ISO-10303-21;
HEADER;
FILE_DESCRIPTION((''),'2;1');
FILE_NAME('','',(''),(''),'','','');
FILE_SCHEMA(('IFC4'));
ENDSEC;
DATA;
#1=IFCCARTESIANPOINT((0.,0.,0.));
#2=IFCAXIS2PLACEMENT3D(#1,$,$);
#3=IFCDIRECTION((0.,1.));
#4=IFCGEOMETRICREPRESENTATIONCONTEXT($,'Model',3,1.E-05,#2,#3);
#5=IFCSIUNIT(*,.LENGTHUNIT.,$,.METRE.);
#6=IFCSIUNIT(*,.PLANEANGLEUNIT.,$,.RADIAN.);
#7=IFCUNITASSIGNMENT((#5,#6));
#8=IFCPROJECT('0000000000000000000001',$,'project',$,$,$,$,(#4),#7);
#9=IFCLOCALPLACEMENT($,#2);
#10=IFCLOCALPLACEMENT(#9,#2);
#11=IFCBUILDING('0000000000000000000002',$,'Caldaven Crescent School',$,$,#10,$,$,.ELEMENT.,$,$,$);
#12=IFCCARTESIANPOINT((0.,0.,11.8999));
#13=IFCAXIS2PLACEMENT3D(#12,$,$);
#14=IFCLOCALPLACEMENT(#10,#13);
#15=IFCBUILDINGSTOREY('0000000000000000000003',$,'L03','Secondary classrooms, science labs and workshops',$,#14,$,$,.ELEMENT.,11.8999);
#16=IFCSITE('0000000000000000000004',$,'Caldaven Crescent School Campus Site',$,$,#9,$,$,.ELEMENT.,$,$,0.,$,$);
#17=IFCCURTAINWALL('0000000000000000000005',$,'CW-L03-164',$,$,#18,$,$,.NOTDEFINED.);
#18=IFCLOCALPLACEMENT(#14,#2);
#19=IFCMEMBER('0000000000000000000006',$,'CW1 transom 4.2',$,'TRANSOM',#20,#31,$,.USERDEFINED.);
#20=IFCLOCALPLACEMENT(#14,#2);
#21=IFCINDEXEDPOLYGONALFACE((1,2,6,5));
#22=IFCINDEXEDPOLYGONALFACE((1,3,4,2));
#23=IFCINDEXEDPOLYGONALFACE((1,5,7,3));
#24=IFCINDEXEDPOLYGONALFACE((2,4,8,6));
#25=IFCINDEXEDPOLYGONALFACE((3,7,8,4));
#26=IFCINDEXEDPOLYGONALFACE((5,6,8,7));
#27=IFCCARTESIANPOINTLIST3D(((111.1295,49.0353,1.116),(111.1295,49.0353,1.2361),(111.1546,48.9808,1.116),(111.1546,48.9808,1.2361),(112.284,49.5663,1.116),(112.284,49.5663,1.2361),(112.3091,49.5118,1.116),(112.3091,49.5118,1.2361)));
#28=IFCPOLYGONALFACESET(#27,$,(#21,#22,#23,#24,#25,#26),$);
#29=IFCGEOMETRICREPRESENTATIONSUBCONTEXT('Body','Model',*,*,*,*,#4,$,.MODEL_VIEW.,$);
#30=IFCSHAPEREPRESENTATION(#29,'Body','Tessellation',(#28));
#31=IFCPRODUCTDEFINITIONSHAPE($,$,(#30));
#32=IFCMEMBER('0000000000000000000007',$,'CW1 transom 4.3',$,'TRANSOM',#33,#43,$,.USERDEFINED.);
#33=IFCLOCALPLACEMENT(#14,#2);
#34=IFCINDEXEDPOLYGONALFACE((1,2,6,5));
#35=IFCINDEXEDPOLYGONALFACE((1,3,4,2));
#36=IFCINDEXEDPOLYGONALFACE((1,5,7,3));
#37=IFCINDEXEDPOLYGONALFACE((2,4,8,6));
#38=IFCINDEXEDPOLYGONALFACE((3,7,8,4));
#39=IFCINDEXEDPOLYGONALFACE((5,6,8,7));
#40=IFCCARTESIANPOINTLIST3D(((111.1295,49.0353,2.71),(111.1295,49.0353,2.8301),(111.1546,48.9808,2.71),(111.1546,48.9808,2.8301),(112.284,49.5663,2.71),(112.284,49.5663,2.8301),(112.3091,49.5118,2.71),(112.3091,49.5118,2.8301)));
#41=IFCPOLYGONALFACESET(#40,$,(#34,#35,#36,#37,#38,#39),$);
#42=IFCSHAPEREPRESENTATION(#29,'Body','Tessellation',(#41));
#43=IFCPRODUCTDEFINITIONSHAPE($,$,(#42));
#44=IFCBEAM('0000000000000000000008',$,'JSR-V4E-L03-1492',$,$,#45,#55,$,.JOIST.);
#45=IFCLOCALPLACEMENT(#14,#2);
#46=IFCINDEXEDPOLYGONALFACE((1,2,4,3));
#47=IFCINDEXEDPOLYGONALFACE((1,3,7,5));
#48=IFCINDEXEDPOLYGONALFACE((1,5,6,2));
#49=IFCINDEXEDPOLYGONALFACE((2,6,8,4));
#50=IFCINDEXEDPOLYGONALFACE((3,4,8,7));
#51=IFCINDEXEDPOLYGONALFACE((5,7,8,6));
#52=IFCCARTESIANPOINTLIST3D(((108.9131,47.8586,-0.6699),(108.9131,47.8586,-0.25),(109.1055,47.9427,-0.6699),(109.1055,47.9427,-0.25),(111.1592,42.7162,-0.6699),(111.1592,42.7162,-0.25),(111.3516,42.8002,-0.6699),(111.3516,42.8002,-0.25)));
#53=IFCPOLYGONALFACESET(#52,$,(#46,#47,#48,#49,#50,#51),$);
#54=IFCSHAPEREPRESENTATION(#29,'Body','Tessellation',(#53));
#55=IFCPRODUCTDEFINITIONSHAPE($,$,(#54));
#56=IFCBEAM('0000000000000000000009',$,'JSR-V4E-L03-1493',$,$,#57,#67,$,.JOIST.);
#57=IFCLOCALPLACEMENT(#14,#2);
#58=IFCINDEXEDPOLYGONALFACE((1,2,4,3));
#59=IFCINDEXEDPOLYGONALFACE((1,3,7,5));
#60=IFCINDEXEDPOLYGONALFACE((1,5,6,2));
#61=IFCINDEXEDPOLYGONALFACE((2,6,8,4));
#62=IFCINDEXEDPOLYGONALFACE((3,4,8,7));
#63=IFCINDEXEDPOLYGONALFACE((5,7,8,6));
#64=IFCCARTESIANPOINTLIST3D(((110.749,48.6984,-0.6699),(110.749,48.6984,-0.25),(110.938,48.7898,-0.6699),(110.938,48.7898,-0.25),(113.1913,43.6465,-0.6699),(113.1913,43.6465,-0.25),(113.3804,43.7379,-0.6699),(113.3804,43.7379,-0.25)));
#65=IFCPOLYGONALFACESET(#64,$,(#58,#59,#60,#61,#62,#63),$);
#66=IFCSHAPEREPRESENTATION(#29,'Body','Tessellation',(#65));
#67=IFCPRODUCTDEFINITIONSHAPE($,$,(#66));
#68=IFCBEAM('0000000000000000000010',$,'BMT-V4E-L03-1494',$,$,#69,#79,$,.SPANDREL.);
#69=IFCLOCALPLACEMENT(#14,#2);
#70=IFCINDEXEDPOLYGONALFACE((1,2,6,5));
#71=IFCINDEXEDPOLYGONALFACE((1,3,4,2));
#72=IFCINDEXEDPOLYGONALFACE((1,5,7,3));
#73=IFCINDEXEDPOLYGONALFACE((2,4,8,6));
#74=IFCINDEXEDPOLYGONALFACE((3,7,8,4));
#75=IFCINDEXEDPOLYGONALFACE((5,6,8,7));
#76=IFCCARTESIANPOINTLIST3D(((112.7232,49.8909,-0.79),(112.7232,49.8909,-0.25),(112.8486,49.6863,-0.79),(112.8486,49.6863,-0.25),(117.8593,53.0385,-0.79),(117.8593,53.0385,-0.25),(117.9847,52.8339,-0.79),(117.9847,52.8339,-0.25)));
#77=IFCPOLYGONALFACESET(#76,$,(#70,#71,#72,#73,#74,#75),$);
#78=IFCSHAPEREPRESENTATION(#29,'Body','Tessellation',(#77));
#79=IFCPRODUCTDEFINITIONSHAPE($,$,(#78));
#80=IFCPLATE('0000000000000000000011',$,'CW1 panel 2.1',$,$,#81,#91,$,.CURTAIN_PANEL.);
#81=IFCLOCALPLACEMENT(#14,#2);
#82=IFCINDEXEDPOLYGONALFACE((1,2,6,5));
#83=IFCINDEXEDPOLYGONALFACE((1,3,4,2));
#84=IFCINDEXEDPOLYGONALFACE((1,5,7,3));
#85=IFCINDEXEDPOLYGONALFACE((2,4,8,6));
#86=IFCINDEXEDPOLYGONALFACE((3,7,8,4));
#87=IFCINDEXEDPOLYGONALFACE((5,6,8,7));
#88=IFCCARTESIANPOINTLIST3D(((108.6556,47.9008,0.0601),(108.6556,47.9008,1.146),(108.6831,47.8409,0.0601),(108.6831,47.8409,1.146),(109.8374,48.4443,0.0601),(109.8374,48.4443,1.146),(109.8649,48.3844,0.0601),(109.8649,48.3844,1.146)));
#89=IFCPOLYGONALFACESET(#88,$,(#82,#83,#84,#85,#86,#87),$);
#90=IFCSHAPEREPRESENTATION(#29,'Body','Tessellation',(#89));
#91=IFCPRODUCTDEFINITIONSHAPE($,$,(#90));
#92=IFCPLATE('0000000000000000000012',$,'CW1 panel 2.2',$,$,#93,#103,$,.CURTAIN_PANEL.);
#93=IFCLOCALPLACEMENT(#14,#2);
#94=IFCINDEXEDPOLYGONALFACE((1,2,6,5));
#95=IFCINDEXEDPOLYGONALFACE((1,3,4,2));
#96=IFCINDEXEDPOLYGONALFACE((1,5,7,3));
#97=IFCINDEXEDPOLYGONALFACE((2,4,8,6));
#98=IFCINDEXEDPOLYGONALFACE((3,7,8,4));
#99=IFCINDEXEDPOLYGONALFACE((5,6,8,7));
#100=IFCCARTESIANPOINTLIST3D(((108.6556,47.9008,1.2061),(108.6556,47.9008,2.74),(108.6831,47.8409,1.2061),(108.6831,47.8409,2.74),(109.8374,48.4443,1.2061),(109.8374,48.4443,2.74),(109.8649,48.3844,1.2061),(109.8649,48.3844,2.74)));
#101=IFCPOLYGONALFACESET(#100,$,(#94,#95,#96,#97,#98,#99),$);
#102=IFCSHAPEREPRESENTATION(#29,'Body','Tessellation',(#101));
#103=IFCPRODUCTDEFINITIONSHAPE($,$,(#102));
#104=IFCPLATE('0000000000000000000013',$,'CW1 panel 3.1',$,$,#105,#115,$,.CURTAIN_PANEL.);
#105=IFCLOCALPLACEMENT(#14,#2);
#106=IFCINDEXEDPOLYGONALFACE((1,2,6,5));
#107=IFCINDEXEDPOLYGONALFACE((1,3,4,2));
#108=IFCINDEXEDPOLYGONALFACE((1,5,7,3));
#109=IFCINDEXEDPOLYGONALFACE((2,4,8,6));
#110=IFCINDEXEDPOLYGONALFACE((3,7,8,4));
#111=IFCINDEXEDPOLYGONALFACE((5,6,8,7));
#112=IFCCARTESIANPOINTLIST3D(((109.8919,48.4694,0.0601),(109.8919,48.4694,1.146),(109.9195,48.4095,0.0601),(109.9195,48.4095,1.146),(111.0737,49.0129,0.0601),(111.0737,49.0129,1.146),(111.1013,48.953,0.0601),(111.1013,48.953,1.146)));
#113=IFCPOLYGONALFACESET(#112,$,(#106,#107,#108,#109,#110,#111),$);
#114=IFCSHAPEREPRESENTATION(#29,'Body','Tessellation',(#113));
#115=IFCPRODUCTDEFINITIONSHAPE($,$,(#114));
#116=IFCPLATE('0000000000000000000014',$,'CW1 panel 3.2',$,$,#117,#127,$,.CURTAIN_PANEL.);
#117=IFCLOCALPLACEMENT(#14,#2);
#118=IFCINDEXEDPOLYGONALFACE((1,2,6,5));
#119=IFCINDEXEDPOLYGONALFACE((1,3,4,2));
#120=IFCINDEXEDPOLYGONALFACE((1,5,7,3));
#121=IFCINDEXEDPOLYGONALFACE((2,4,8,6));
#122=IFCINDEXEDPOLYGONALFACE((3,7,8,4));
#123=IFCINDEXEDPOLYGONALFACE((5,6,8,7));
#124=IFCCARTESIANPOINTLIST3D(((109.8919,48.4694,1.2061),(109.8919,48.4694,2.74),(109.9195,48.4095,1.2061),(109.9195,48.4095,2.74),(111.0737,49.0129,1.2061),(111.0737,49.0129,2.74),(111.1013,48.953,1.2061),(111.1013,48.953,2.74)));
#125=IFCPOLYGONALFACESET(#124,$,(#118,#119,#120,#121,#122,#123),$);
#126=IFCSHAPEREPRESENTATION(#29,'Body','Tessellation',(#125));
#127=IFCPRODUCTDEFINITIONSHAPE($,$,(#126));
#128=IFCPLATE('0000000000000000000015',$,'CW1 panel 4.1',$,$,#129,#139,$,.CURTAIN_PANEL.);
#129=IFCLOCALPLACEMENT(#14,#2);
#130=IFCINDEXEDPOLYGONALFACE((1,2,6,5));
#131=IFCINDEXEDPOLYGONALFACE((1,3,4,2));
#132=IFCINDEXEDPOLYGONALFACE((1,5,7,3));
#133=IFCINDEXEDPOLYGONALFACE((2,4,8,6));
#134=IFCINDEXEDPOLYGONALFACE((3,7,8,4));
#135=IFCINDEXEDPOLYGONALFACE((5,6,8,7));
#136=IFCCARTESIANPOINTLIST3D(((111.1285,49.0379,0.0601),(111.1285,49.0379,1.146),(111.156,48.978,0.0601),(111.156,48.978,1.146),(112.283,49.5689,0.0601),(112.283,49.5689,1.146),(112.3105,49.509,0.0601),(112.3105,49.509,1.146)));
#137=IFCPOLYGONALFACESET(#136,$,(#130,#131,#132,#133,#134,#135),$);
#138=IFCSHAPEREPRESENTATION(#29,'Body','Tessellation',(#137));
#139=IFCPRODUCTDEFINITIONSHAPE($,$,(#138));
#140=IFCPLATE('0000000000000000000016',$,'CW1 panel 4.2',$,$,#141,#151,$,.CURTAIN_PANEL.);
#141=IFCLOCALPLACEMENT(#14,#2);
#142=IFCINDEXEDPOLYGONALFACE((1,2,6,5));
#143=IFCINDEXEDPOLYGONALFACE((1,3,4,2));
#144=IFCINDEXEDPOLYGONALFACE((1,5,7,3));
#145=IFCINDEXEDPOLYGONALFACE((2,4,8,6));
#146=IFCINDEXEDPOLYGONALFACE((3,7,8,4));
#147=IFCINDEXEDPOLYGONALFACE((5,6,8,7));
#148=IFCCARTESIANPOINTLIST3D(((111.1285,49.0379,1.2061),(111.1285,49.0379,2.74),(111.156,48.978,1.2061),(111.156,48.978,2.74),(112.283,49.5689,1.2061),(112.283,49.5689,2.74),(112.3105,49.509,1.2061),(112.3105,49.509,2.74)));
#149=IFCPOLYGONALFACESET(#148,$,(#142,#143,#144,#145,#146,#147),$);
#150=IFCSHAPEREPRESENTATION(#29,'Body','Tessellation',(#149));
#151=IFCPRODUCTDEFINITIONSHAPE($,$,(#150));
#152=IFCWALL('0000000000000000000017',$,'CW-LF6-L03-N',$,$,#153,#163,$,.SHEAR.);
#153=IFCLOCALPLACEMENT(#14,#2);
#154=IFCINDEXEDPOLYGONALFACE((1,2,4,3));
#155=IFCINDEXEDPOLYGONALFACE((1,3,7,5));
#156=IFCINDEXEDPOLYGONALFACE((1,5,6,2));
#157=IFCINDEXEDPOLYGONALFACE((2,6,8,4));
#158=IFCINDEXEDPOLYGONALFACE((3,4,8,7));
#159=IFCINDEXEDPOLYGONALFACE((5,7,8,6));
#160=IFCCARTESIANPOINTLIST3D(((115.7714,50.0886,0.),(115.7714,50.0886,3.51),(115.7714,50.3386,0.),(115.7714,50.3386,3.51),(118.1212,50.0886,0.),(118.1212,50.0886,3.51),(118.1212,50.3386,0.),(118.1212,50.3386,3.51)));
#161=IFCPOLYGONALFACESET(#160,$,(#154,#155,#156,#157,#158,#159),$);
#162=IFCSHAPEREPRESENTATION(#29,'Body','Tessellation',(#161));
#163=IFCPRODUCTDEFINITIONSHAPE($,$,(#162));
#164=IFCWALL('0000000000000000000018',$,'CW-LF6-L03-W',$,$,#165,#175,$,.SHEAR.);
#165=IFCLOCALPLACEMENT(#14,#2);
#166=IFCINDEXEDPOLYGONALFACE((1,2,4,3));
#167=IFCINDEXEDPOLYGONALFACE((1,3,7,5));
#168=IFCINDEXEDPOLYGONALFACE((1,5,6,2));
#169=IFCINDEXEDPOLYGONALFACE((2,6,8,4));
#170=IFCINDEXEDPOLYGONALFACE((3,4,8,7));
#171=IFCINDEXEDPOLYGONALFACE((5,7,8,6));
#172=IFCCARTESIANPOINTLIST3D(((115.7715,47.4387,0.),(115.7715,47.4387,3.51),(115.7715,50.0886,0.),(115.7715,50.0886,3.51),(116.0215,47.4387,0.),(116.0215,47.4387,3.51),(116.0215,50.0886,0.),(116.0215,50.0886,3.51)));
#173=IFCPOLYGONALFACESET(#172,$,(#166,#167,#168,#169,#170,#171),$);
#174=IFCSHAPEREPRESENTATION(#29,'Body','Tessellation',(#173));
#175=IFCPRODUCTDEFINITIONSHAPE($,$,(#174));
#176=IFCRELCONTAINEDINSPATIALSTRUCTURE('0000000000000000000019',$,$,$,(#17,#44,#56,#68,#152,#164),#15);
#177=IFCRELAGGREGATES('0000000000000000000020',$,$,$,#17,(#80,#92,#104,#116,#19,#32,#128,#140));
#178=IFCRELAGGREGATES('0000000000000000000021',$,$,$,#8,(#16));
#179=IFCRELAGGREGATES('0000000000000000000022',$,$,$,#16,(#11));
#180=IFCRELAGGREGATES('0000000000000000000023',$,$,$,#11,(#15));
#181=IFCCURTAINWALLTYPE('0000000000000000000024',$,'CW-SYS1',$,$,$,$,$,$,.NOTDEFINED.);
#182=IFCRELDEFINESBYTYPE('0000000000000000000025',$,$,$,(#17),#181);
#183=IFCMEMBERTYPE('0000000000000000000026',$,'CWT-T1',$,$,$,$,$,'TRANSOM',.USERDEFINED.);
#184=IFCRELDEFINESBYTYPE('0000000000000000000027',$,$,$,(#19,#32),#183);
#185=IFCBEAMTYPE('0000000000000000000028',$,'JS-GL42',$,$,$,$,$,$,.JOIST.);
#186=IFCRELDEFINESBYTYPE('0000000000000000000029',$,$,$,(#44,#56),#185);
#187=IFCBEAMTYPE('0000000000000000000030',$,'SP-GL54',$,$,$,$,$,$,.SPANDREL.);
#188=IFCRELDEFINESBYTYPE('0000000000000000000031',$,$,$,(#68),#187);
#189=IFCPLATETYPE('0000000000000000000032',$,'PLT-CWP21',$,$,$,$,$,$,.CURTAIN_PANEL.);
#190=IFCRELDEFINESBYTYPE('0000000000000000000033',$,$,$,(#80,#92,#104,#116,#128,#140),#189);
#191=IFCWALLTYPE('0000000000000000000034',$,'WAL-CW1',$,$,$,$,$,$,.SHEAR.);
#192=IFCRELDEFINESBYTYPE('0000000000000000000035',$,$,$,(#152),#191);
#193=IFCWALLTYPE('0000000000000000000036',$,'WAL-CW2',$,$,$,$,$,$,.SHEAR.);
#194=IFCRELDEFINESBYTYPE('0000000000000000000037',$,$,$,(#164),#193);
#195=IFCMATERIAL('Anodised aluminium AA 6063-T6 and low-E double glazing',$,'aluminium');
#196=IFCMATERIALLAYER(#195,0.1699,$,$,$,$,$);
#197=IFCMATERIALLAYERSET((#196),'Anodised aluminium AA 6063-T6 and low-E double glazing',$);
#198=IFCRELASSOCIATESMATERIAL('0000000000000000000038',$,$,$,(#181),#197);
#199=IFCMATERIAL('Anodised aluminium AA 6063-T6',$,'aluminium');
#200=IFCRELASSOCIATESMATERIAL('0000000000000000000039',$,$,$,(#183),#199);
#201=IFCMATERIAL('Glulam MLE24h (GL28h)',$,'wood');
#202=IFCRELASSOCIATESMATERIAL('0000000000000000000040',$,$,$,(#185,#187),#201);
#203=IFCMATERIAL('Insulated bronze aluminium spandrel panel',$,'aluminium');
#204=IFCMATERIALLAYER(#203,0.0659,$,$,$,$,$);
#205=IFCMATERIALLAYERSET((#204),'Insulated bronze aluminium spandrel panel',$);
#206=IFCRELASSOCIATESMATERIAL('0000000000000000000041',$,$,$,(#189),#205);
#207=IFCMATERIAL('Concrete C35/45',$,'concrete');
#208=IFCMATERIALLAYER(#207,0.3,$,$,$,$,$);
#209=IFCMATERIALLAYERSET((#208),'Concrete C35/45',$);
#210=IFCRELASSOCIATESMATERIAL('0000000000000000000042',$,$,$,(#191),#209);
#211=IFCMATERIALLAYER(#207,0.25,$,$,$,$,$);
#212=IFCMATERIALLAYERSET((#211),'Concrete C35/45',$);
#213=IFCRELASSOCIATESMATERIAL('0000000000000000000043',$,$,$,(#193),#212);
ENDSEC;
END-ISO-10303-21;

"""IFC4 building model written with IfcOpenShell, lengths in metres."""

from ifc_helpers import new_model, si_unit, direction, frame, frame_2d, origin, origin_2d, place, context, subcontext, project, spatial, rectangle, extrude, material, layer, layer_set, material_profile, profile_set, type_object, element, aggregate, save


model = new_model("IFC4")

# Units and contexts
model_context = context("Model", 3, precision=1e-05, world=origin(), true_north=direction((0.0, 1.0)))
body_context = subcontext(model_context, "Body", "Model", "MODEL_VIEW")
ifc_project = project(units=[si_unit("LENGTHUNIT", "METRE"), si_unit("PLANEANGLEUNIT", "RADIAN")], contexts=[model_context])

# Site, building, storey
site_placement = place(None, origin())
site = spatial("IfcSite", under=ifc_project, at=site_placement, Name="Caldaven Crescent School Campus Site", CompositionType="ELEMENT", RefElevation=0.0)
building_placement = place(site_placement, origin())
building = spatial("IfcBuilding", under=site, at=building_placement, Name="Caldaven Crescent School", CompositionType="ELEMENT")
storey_placement = place(building_placement, frame((0.0, 0.0, 11.8999)))
storey = spatial("IfcBuildingStorey", under=building, at=storey_placement, Name="L03", Description="Secondary classrooms, science labs and workshops", CompositionType="ELEMENT", Elevation=11.8999)

# Shared definitions
ifc_material_1 = material(Name="Glulam MLE24h (GL28h)", Category="wood")

# Curtain wall, members
ifc_material_2 = material(Name="Anodised aluminium AA 6063-T6 and low-E double glazing", Category="aluminium")
ifc_layer_1 = layer(ifc_material_2, 0.1699)
ifc_layer_set_1 = layer_set([ifc_layer_1], Name="Anodised aluminium AA 6063-T6 and low-E double glazing")
curtain_wall_type = type_object("IfcCurtainWallType", Name="CW-SYS1", PredefinedType="NOTDEFINED", material=ifc_layer_set_1)
curtain_wall_placement = place(storey_placement, origin())
curtain_wall = element("IfcCurtainWall", 1, at=curtain_wall_placement, inside=storey, type_object=curtain_wall_type, Name="CW-L03-164", PredefinedType="NOTDEFINED")
ifc_material_3 = material(Name="Anodised aluminium AA 6063-T6", Category="aluminium")
ifc_material_profile_1 = material_profile(ifc_material_3, rectangle(XDim=0.0601, YDim=0.1201, at=origin_2d()), Name="CWT 60x120")
ifc_profile_set_1 = profile_set([ifc_material_profile_1], Name="Anodised aluminium AA 6063-T6")
member_type_1 = type_object("IfcMemberType", Name="CWT-T1", ElementType="TRANSOM", PredefinedType="USERDEFINED", material=ifc_profile_set_1)
member_1_placement = place(storey_placement, frame((111.1421, 49.0081, 1.176), z_axis=(0.908515, 0.417852, 0.0), x_axis=(-0.417852, 0.908515, 0.0)))
member_1 = element("IfcMember", 2, at=member_1_placement, type_object=member_type_1, Name="CW1 transom 4.2", ObjectType="TRANSOM", PredefinedType="USERDEFINED", context=body_context, shape_type="SweptSolid", body=[
    extrude(rectangle(XDim=0.0601, YDim=0.1201, at=origin_2d()), origin(), (0.0, 0.0, 1.0), 1.2708),
])
member_2_placement = place(storey_placement, frame((111.1421, 49.0081, 2.77), z_axis=(0.908515, 0.417852, 0.0), x_axis=(-0.417852, 0.908515, 0.0)))
member_2 = element("IfcMember", 3, at=member_2_placement, type_object=member_type_1, Name="CW1 transom 4.3", ObjectType="TRANSOM", PredefinedType="USERDEFINED", context=body_context, shape_type="SweptSolid", body=[
    extrude(rectangle(XDim=0.0601, YDim=0.1201, at=origin_2d()), origin(), (0.0, 0.0, 1.0), 1.2708),
])

# Beams
ifc_material_profile_2 = material_profile(ifc_material_1, rectangle(XDim=0.21, YDim=0.4199, at=origin_2d()), Name="MLE 210x420")
ifc_profile_set_2 = profile_set([ifc_material_profile_2], Name="Glulam MLE24h (GL28h)")
beam_type_1 = type_object("IfcBeamType", Name="JS-GL42", PredefinedType="JOIST", material=ifc_profile_set_2)
beam_1_placement = place(storey_placement, frame((109.0093, 47.9006, -0.46), z_axis=(0.400269, -0.916398, 0.0), x_axis=(0.916398, 0.400269, 0.0)))
element("IfcBeam", 4, at=beam_1_placement, inside=storey, type_object=beam_type_1, Name="JSR-V4E-L03-1492", PredefinedType="JOIST", context=body_context, shape_type="SweptSolid", body=[
    extrude(rectangle(XDim=0.21, YDim=0.4199, at=origin_2d()), origin(), (0.0, 0.0, 1.0), 5.6116),
])
beam_2_placement = place(storey_placement, frame((110.8435, 48.7441, -0.46), z_axis=(0.435253, -0.900308, 0.0), x_axis=(0.900308, 0.435253, 0.0)))
element("IfcBeam", 5, at=beam_2_placement, inside=storey, type_object=beam_type_1, Name="JSR-V4E-L03-1493", PredefinedType="JOIST", context=body_context, shape_type="SweptSolid", body=[
    extrude(rectangle(XDim=0.21, YDim=0.4199, at=origin_2d()), origin(), (0.0, 0.0, 1.0), 5.6113),
])
ifc_material_profile_3 = material_profile(ifc_material_1, rectangle(XDim=0.24, YDim=0.54, at=origin_2d()), Name="MLE 240x540")
ifc_profile_set_3 = profile_set([ifc_material_profile_3], Name="Glulam MLE24h (GL28h)")
beam_type_2 = type_object("IfcBeamType", Name="SP-GL54", PredefinedType="SPANDREL", material=ifc_profile_set_3)
beam_3_placement = place(storey_placement, frame((112.7859, 49.7886, -0.52), z_axis=(0.852624, 0.522525, 0.0), x_axis=(-0.522525, 0.852624, 0.0)))
element("IfcBeam", 6, at=beam_3_placement, inside=storey, type_object=beam_type_2, Name="BMT-V4E-L03-1494", PredefinedType="SPANDREL", context=body_context, shape_type="SweptSolid", body=[
    extrude(rectangle(XDim=0.24, YDim=0.54, at=origin_2d()), origin(), (0.0, 0.0, 1.0), 6.0239),
])

# Plates
ifc_material_4 = material(Name="Insulated bronze aluminium spandrel panel", Category="aluminium")
ifc_layer_2 = layer(ifc_material_4, 0.0659)
ifc_layer_set_2 = layer_set([ifc_layer_2], Name="Insulated bronze aluminium spandrel panel")
plate_type = type_object("IfcPlateType", Name="PLT-CWP21", PredefinedType="CURTAIN_PANEL", material=ifc_layer_set_2)
plate_1_placement = place(storey_placement, frame((109.2603, 48.1426, 0.0601), z_axis=(0.0, 0.0, 1.0), x_axis=(0.908528, 0.417824, 0.0)))
plate_1 = element("IfcPlate", 7, at=plate_1_placement, type_object=plate_type, Name="CW1 panel 2.1", PredefinedType="CURTAIN_PANEL", context=body_context, shape_type="SweptSolid", body=[
    extrude(rectangle(XDim=1.3008, YDim=0.0659, at=origin_2d()), origin(), (0.0, 0.0, 1.0), 1.0859),
])
plate_2_placement = place(storey_placement, frame((109.2603, 48.1426, 1.2061), z_axis=(0.0, 0.0, 1.0), x_axis=(0.908528, 0.417824, 0.0)))
plate_2 = element("IfcPlate", 8, at=plate_2_placement, type_object=plate_type, Name="CW1 panel 2.2", PredefinedType="CURTAIN_PANEL", context=body_context, shape_type="SweptSolid", body=[
    extrude(rectangle(XDim=1.3008, YDim=0.0659, at=origin_2d()), origin(), (0.0, 0.0, 1.0), 1.5339),
])
plate_3_placement = place(storey_placement, frame((110.4966, 48.7112, 0.0601), z_axis=(0.0, 0.0, 1.0), x_axis=(0.908528, 0.417824, 0.0)))
plate_3 = element("IfcPlate", 9, at=plate_3_placement, type_object=plate_type, Name="CW1 panel 3.1", PredefinedType="CURTAIN_PANEL", context=body_context, shape_type="SweptSolid", body=[
    extrude(rectangle(XDim=1.3008, YDim=0.0659, at=origin_2d()), origin(), (0.0, 0.0, 1.0), 1.0859),
])
plate_4_placement = place(storey_placement, frame((110.4966, 48.7112, 1.2061), z_axis=(0.0, 0.0, 1.0), x_axis=(0.908528, 0.417824, 0.0)))
plate_4 = element("IfcPlate", 10, at=plate_4_placement, type_object=plate_type, Name="CW1 panel 3.2", PredefinedType="CURTAIN_PANEL", context=body_context, shape_type="SweptSolid", body=[
    extrude(rectangle(XDim=1.3008, YDim=0.0659, at=origin_2d()), origin(), (0.0, 0.0, 1.0), 1.5339),
])
plate_5_placement = place(storey_placement, frame((111.7195, 49.2734, 0.0601), z_axis=(0.0, 0.0, 1.0), x_axis=(0.908528, 0.417824, 0.0)))
plate_5 = element("IfcPlate", 11, at=plate_5_placement, type_object=plate_type, Name="CW1 panel 4.1", PredefinedType="CURTAIN_PANEL", context=body_context, shape_type="SweptSolid", body=[
    extrude(rectangle(XDim=1.2708, YDim=0.0659, at=origin_2d()), origin(), (0.0, 0.0, 1.0), 1.0859),
])
plate_6_placement = place(storey_placement, frame((111.7195, 49.2734, 1.2061), z_axis=(0.0, 0.0, 1.0), x_axis=(0.908528, 0.417824, 0.0)))
plate_6 = element("IfcPlate", 12, at=plate_6_placement, type_object=plate_type, Name="CW1 panel 4.2", PredefinedType="CURTAIN_PANEL", context=body_context, shape_type="SweptSolid", body=[
    extrude(rectangle(XDim=1.2708, YDim=0.0659, at=origin_2d()), origin(), (0.0, 0.0, 1.0), 1.5339),
])
aggregate(curtain_wall, [plate_1, plate_2, plate_3, plate_4, member_1, member_2, plate_5, plate_6])

# Wall
ifc_material_5 = material(Name="Concrete C35/45", Category="concrete")
ifc_layer_3 = layer(ifc_material_5, 0.3)
ifc_layer_set_3 = layer_set([ifc_layer_3], Name="Concrete C35/45")
wall_type_1 = type_object("IfcWallType", Name="WAL-CW1", PredefinedType="SHEAR", material=ifc_layer_set_3)
wall_1_placement = place(storey_placement, frame((115.7715, 50.2136, 0.0), z_axis=(0.0, 0.0, 1.0), x_axis=(1.0, 0.0, 0.0)))
element("IfcWall", 13, at=wall_1_placement, inside=storey, type_object=wall_type_1, Name="CW-LF6-L03-N", PredefinedType="SHEAR", context=body_context, shape_type="SweptSolid", body=[
    extrude(rectangle(XDim=2.3499, YDim=0.25, at=frame_2d((1.1748, 0.0))), origin(), (0.0, 0.0, 1.0), 3.51),
])

# Wall
ifc_layer_4 = layer(ifc_material_5, 0.25)
ifc_layer_set_4 = layer_set([ifc_layer_4], Name="Concrete C35/45")
wall_type_2 = type_object("IfcWallType", Name="WAL-CW2", PredefinedType="SHEAR", material=ifc_layer_set_4)
wall_2_placement = place(storey_placement, frame((115.8965, 47.4387, 0.0), z_axis=(0.0, 0.0, 1.0), x_axis=(0.0, 1.0, 0.0)))
element("IfcWall", 14, at=wall_2_placement, inside=storey, type_object=wall_type_2, Name="CW-LF6-L03-W", PredefinedType="SHEAR", context=body_context, shape_type="SweptSolid", body=[
    extrude(rectangle(XDim=2.6499, YDim=0.25, at=frame_2d((1.325, 0.0))), origin(), (0.0, 0.0, 1.0), 3.51),
])

save(model, "model.ifc")
